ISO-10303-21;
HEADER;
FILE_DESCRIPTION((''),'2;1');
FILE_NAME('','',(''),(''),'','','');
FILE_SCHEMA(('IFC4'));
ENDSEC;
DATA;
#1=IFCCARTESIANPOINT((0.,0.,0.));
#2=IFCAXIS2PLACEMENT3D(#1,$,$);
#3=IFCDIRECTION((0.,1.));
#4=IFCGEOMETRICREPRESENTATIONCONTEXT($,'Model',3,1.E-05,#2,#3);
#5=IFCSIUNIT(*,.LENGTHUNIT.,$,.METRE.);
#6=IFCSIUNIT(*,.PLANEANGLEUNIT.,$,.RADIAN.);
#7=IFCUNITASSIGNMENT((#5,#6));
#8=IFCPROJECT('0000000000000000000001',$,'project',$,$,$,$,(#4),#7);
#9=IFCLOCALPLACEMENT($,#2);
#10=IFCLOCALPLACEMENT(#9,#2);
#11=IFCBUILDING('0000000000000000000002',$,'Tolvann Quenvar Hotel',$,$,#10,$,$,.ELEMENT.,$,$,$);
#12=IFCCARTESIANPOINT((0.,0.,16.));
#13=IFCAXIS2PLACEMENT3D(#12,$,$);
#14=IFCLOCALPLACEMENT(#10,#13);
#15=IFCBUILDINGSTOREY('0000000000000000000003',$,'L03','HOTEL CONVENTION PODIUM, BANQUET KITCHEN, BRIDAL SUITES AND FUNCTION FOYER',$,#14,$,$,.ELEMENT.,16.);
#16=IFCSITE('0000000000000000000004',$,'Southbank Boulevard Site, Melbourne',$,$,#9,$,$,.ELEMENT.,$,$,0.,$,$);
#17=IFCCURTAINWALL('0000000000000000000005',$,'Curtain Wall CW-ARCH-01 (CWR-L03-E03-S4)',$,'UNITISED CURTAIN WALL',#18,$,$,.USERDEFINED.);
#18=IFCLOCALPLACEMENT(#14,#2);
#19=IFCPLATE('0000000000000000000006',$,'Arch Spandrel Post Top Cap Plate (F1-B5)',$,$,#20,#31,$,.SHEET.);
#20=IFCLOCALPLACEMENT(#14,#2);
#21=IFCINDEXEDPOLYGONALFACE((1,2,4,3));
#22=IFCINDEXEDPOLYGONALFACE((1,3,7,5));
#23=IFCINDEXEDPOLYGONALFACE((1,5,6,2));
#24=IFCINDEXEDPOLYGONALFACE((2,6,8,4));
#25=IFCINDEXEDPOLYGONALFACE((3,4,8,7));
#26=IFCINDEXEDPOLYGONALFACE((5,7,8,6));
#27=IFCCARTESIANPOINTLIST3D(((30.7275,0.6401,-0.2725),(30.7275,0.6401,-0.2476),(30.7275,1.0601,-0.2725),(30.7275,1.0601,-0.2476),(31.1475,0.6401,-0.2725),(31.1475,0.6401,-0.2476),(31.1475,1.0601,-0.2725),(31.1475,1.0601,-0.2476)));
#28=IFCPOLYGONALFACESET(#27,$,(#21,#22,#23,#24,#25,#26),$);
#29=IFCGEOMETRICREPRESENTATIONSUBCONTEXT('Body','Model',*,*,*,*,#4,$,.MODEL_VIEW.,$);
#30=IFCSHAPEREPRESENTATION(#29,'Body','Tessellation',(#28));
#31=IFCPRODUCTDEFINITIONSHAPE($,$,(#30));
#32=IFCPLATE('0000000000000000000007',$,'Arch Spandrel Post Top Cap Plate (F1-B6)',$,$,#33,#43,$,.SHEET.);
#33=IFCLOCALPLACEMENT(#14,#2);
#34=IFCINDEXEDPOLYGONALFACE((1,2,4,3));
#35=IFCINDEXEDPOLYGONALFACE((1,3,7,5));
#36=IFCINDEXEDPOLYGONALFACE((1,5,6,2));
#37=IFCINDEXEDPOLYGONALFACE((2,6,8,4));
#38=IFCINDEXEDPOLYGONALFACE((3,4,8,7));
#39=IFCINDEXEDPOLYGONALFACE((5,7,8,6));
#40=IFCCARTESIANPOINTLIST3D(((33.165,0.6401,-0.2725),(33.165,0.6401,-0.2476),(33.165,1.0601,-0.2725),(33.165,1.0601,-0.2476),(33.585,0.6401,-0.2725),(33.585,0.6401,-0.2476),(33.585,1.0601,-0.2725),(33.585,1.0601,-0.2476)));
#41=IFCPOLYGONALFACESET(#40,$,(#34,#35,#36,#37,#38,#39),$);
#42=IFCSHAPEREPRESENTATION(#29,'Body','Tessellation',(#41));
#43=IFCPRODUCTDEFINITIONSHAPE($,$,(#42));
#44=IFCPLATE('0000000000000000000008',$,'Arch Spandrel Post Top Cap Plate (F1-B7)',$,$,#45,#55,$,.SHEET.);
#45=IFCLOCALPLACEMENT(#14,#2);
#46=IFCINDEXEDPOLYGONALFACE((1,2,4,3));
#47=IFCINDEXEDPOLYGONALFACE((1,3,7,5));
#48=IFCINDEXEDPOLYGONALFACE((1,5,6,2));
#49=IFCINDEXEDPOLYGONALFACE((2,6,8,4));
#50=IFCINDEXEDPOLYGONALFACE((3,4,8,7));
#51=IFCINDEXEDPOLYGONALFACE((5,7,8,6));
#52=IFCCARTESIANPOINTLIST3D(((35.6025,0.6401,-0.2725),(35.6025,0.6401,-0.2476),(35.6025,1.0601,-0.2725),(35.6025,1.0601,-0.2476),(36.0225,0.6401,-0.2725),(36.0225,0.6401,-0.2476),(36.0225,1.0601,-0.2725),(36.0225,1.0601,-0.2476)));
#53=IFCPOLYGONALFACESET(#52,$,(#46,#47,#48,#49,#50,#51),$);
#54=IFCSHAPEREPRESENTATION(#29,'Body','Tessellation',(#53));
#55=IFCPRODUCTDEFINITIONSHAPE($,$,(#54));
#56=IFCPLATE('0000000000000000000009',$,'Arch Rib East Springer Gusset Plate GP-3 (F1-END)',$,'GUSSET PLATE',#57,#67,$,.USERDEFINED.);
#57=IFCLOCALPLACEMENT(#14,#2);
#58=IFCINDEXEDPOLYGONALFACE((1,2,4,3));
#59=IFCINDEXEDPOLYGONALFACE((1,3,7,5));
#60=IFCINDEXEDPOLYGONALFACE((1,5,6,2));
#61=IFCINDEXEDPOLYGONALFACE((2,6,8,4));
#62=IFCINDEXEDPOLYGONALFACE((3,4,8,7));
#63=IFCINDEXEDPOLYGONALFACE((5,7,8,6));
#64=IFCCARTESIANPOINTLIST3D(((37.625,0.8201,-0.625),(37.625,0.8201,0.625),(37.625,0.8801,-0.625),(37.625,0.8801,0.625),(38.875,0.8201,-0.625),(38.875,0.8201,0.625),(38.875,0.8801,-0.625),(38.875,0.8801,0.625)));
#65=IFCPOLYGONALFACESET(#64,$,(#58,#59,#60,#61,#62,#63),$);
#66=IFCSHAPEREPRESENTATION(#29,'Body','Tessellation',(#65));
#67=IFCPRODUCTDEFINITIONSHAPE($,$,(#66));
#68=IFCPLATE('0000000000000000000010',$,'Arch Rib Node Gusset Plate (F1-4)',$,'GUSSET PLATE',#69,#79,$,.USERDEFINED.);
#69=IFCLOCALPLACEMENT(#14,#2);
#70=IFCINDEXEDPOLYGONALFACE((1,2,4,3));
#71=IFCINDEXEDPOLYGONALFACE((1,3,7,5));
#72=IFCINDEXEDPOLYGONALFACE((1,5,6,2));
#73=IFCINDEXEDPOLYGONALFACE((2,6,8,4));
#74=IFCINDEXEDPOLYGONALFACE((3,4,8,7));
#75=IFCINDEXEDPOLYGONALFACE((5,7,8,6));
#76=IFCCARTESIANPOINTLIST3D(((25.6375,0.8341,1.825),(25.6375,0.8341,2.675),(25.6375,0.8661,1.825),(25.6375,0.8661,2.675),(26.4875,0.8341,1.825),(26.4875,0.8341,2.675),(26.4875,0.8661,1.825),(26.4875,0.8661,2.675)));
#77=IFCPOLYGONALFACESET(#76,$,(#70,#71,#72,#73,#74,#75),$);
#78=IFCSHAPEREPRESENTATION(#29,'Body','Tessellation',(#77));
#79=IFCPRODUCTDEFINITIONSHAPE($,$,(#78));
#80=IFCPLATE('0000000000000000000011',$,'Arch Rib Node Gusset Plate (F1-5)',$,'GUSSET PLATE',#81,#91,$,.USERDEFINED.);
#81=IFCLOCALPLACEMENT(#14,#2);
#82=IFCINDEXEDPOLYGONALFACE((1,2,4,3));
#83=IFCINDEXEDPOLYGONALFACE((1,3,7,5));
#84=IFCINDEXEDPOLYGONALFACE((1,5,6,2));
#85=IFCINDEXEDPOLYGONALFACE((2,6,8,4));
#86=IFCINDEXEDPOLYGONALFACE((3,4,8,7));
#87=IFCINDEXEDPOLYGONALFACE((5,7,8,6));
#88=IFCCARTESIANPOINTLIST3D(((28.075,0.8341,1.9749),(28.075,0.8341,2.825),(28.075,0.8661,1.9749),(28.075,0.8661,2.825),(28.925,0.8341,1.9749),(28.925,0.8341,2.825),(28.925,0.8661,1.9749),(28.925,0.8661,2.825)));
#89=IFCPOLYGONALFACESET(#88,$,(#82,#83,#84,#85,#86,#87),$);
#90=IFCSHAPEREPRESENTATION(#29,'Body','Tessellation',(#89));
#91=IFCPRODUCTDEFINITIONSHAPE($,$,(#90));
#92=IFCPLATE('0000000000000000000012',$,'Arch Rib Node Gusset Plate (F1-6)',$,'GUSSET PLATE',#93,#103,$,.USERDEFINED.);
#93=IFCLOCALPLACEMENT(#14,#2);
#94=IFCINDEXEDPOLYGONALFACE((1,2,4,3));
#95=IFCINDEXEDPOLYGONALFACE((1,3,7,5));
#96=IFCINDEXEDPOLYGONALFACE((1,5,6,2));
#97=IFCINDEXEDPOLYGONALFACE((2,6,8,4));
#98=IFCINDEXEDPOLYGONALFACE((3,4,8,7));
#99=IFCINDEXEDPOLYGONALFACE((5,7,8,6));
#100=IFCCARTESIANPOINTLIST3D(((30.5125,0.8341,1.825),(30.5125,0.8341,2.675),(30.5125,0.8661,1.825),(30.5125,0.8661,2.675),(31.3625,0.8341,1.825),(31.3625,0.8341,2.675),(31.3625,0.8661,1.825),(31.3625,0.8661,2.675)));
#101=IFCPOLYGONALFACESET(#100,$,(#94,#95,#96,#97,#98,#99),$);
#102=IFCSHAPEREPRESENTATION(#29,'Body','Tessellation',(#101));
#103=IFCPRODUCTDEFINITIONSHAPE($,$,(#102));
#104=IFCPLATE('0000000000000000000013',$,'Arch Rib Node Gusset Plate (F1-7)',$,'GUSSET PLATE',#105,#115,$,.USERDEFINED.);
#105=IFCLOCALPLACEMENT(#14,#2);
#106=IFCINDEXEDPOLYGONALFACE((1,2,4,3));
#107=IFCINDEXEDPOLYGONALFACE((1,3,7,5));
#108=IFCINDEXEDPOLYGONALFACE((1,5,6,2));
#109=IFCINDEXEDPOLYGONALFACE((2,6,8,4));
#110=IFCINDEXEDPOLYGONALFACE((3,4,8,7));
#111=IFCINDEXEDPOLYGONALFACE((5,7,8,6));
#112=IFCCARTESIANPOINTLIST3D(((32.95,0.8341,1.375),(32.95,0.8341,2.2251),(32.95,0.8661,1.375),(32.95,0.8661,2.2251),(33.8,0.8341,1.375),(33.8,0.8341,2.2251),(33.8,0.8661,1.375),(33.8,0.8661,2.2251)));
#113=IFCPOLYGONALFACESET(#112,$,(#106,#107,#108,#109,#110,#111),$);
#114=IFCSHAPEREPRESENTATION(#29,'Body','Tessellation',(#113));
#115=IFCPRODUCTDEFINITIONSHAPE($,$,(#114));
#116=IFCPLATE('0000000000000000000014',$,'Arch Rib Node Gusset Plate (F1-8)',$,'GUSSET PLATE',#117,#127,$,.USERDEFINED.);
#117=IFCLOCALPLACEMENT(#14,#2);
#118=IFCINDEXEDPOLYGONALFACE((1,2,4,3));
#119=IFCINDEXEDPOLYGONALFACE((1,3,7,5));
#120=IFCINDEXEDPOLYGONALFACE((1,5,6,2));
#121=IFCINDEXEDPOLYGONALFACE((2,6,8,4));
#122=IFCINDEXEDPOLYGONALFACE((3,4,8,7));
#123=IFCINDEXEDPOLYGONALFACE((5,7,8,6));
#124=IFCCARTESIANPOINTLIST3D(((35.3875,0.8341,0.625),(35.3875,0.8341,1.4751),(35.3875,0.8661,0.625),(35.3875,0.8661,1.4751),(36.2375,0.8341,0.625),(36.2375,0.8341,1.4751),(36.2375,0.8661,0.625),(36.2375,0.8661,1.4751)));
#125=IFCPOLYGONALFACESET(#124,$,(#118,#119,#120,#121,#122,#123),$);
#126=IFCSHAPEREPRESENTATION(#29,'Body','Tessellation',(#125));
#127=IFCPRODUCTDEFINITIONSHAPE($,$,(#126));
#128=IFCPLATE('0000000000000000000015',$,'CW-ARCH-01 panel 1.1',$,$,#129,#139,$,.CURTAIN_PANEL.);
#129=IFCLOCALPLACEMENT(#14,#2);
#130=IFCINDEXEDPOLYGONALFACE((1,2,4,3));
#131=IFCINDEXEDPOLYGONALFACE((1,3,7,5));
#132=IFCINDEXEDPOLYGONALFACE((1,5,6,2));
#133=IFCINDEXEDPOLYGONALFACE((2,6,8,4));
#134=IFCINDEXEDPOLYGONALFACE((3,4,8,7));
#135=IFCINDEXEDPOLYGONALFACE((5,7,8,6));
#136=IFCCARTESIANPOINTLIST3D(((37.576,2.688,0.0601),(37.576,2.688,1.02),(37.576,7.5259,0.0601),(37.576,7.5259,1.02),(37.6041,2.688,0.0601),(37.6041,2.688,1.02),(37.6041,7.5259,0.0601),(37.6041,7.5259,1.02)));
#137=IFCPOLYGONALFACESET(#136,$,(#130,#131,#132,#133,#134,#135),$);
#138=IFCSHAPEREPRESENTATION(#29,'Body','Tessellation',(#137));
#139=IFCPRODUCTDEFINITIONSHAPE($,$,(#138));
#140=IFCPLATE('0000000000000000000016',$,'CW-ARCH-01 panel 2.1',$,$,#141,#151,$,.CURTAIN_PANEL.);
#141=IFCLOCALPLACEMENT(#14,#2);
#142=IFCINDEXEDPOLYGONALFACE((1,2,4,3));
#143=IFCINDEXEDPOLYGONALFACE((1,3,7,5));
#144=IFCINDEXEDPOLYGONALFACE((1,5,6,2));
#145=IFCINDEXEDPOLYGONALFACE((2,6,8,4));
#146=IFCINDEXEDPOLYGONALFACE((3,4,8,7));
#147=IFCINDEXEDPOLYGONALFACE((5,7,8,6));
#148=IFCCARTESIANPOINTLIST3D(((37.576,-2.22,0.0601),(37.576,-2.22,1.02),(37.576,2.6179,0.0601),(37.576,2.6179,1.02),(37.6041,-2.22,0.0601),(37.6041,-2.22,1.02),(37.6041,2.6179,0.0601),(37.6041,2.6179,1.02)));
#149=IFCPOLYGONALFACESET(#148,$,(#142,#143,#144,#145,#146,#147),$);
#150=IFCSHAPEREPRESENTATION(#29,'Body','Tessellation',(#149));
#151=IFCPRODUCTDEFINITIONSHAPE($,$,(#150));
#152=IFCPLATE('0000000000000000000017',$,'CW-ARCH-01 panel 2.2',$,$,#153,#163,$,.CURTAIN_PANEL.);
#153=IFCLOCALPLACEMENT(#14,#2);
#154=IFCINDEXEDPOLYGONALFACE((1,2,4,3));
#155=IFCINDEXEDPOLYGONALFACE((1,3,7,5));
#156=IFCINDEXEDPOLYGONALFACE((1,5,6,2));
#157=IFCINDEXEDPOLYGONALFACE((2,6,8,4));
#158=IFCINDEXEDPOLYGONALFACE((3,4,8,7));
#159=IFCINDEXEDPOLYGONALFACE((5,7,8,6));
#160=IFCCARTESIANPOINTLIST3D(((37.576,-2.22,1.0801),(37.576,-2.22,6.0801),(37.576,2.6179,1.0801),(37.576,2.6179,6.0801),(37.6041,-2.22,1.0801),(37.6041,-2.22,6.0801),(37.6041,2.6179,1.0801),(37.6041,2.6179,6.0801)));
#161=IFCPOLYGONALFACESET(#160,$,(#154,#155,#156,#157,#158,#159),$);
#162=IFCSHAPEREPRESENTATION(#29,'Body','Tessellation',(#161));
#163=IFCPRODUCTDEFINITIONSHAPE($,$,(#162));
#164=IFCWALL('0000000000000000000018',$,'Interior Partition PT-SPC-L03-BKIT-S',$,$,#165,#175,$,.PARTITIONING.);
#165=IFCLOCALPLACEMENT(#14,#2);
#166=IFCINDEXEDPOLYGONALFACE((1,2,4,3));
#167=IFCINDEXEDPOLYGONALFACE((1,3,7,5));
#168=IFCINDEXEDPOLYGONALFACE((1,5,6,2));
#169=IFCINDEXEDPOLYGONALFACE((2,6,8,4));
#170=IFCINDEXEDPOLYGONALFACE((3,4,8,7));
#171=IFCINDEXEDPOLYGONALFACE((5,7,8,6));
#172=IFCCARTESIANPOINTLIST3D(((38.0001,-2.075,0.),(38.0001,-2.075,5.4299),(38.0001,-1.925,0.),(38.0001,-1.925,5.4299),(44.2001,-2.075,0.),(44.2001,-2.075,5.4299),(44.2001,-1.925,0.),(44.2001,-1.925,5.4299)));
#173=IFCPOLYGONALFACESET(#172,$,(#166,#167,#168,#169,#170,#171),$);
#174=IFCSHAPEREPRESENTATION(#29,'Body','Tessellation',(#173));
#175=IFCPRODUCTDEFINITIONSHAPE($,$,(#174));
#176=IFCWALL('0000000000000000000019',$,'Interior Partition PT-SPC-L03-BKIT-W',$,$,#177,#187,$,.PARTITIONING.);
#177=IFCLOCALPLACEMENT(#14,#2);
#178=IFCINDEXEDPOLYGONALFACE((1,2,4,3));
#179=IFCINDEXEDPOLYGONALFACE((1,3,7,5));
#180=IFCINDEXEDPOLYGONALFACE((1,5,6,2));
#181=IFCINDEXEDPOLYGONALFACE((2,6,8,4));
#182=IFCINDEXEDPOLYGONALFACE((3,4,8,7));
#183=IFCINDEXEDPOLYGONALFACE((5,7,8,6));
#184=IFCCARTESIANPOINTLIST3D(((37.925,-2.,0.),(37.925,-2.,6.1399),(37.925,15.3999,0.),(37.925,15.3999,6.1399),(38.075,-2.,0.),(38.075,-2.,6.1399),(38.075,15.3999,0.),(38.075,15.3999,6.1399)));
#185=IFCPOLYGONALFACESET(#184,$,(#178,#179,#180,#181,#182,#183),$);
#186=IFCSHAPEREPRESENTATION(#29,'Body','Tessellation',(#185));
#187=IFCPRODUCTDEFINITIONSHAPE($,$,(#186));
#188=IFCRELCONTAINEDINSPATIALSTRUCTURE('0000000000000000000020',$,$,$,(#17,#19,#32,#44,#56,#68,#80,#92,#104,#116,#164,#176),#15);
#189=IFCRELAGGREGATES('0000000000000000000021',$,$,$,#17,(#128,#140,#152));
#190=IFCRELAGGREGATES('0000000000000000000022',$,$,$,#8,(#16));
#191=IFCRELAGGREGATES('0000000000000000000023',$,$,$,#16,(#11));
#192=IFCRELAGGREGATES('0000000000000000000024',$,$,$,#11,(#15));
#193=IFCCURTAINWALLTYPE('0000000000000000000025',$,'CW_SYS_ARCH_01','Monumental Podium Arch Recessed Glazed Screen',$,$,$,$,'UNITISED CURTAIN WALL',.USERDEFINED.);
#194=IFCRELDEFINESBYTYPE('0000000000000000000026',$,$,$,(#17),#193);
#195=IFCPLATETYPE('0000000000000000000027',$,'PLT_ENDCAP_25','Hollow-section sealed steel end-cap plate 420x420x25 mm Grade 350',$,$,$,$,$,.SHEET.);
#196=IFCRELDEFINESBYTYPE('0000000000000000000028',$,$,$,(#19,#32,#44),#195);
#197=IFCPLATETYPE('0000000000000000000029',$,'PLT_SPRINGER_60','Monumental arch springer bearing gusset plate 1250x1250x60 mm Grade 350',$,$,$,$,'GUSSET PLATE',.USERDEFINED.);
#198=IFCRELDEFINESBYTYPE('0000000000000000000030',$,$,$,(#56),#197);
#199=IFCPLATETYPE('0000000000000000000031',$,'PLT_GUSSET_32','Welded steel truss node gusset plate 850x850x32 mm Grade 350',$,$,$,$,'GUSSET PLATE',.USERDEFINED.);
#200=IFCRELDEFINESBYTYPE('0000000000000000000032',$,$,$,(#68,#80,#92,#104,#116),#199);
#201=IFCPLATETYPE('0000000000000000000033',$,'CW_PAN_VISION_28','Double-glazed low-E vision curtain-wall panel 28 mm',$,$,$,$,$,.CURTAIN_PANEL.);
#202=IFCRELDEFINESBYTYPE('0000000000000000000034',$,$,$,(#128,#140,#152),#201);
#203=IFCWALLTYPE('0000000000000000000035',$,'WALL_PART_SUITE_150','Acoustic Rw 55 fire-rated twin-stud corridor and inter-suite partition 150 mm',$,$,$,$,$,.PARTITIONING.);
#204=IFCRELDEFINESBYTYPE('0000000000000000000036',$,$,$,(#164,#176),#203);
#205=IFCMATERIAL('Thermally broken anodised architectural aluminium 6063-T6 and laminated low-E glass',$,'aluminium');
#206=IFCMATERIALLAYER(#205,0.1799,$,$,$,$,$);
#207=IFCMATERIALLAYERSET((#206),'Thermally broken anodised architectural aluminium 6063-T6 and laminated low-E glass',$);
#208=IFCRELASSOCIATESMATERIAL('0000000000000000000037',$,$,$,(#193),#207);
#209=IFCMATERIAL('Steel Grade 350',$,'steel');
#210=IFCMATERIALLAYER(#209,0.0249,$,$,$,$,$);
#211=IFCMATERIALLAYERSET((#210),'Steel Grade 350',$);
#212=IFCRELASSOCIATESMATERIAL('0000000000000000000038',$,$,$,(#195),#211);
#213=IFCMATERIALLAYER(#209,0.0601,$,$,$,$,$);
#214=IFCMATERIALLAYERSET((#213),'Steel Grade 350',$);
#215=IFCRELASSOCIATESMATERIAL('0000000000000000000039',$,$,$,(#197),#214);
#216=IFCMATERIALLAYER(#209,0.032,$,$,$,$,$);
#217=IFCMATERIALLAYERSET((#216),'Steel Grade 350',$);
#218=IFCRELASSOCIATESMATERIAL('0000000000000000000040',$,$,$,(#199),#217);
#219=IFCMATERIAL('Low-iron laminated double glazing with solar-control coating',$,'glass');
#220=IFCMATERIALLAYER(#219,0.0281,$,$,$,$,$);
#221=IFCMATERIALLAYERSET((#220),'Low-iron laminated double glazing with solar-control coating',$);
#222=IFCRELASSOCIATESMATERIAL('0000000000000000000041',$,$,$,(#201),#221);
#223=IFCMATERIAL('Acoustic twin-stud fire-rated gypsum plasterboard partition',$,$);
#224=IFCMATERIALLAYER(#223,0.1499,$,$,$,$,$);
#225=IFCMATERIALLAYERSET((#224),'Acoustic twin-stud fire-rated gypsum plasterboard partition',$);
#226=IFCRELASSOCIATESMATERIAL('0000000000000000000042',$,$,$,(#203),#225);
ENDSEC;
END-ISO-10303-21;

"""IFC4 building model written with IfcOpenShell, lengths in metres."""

from ifc_helpers import new_model, si_unit, direction, frame, frame_2d, origin, origin_2d, place, context, subcontext, project, spatial, rectangle, extrude, source, transform, mapped, material, layer, layer_set, type_object, type_shapes, element, aggregate, save


model = new_model("IFC4")

# Units and contexts
model_context = context("Model", 3, precision=1e-05, world=origin(), true_north=direction((0.0, 1.0)))
body_context = subcontext(model_context, "Body", "Model", "MODEL_VIEW")
ifc_project = project(units=[si_unit("LENGTHUNIT", "METRE"), si_unit("PLANEANGLEUNIT", "RADIAN")], contexts=[model_context])

# Site, building, storey
site_placement = place(None, origin())
site = spatial("IfcSite", under=ifc_project, at=site_placement, Name="Southbank Boulevard Site, Melbourne", CompositionType="ELEMENT", RefElevation=0.0)
building_placement = place(site_placement, origin())
building = spatial("IfcBuilding", under=site, at=building_placement, Name="Tolvann Quenvar Hotel", CompositionType="ELEMENT")
storey_placement = place(building_placement, frame((0.0, 0.0, 16.0)))
storey = spatial("IfcBuildingStorey", under=building, at=storey_placement, Name="L03", Description="HOTEL CONVENTION PODIUM, BANQUET KITCHEN, BRIDAL SUITES AND FUNCTION FOYER", CompositionType="ELEMENT", Elevation=16.0)

# Shared definitions
ifc_material_1 = material(Name="Steel Grade 350", Category="steel")

# Curtain wall
ifc_material_2 = material(Name="Thermally broken anodised architectural aluminium 6063-T6 and laminated low-E glass", Category="aluminium")
ifc_layer_1 = layer(ifc_material_2, 0.1799)
ifc_layer_set_1 = layer_set([ifc_layer_1], Name="Thermally broken anodised architectural aluminium 6063-T6 and laminated low-E glass")
curtain_wall_type_1 = type_object("IfcCurtainWallType", Name="CW_SYS_ARCH_01", Description="Monumental Podium Arch Recessed Glazed Screen", ElementType="UNITISED CURTAIN WALL", PredefinedType="USERDEFINED", material=ifc_layer_set_1)
curtain_wall_1_placement = place(storey_placement, origin())
curtain_wall_1 = element("IfcCurtainWall", 1, at=curtain_wall_1_placement, inside=storey, type_object=curtain_wall_type_1, Name="Curtain Wall CW-ARCH-01 (CWR-L03-E03-S4)", ObjectType="UNITISED CURTAIN WALL", PredefinedType="USERDEFINED")

# Plates
ifc_layer_2 = layer(ifc_material_1, 0.0249)
ifc_layer_set_2 = layer_set([ifc_layer_2], Name="Steel Grade 350")
plate_type_1 = type_object("IfcPlateType", Name="PLT_ENDCAP_25", Description="Hollow-section sealed steel end-cap plate 420x420x25 mm Grade 350", PredefinedType="SHEET", material=ifc_layer_set_2)
shared_shape_1 = source(origin(), body_context, "Body", "SweptSolid", [
    extrude(rectangle(XDim=0.4199, YDim=0.4199, at=origin_2d()), origin(), (0.0, 0.0, 1.0), 0.0249),
])
type_shapes(plate_type_1, [shared_shape_1])
for number, where, z_axis, x_axis, name in (
    (2, (30.9375, 0.8501, -0.2725), (0.0, 0.0, 1.0), (1.0, 0.0, 0.0), "Arch Spandrel Post Top Cap Plate (F1-B5)"),
    (3, (33.375, 0.8501, -0.2725), (0.0, 0.0, 1.0), (1.0, 0.0, 0.0), "Arch Spandrel Post Top Cap Plate (F1-B6)"),
    (4, (35.8125, 0.8501, -0.2725), (0.0, 0.0, 1.0), (1.0, 0.0, 0.0), "Arch Spandrel Post Top Cap Plate (F1-B7)"),
):
    element("IfcPlate", number, at=place(storey_placement, frame(where, z_axis=z_axis, x_axis=x_axis)), inside=storey, type_object=plate_type_1, Name=name, PredefinedType="SHEET", context=body_context, shape_type="MappedRepresentation", body=[
        mapped(shared_shape_1, transform((0.0, 0.0, 0.0), x_axis=(1.0, 0.0, 0.0), y_axis=(0.0, 1.0, 0.0), z_axis=(0.0, 0.0, 1.0), scale=1.0)),
    ])
ifc_layer_3 = layer(ifc_material_1, 0.0601)
ifc_layer_set_3 = layer_set([ifc_layer_3], Name="Steel Grade 350")
plate_type_2 = type_object("IfcPlateType", Name="PLT_SPRINGER_60", Description="Monumental arch springer bearing gusset plate 1250x1250x60 mm Grade 350", ElementType="GUSSET PLATE", PredefinedType="USERDEFINED", material=ifc_layer_set_3)
shared_shape_2 = source(origin(), body_context, "Body", "SweptSolid", [
    extrude(rectangle(XDim=1.25, YDim=0.0601, at=origin_2d()), origin(), (0.0, 0.0, 1.0), 1.25),
])
type_shapes(plate_type_2, [shared_shape_2])
plate_1_placement = place(storey_placement, frame((38.25, 0.8501, -0.625), z_axis=(0.0, 0.0, 1.0), x_axis=(1.0, 0.0, 0.0)))
element("IfcPlate", 5, at=plate_1_placement, inside=storey, type_object=plate_type_2, Name="Arch Rib East Springer Gusset Plate GP-3 (F1-END)", ObjectType="GUSSET PLATE", PredefinedType="USERDEFINED", context=body_context, shape_type="MappedRepresentation", body=[
    mapped(shared_shape_2, transform((0.0, 0.0, 0.0), x_axis=(1.0, 0.0, 0.0), y_axis=(0.0, 1.0, 0.0), z_axis=(0.0, 0.0, 1.0), scale=1.0)),
])
ifc_layer_4 = layer(ifc_material_1, 0.032)
ifc_layer_set_4 = layer_set([ifc_layer_4], Name="Steel Grade 350")
plate_type_3 = type_object("IfcPlateType", Name="PLT_GUSSET_32", Description="Welded steel truss node gusset plate 850x850x32 mm Grade 350", ElementType="GUSSET PLATE", PredefinedType="USERDEFINED", material=ifc_layer_set_4)
shared_shape_3 = source(origin(), body_context, "Body", "SweptSolid", [
    extrude(rectangle(XDim=0.8501, YDim=0.032, at=origin_2d()), origin(), (0.0, 0.0, 1.0), 0.8501),
])
type_shapes(plate_type_3, [shared_shape_3])
for number, where, z_axis, x_axis, name in (
    (6, (26.0625, 0.8501, 1.825), (0.0, 0.0, 1.0), (1.0, 0.0, 0.0), "Arch Rib Node Gusset Plate (F1-4)"),
    (7, (28.5, 0.8501, 1.9749), (0.0, 0.0, 1.0), (1.0, 0.0, 0.0), "Arch Rib Node Gusset Plate (F1-5)"),
    (8, (30.9375, 0.8501, 1.825), (0.0, 0.0, 1.0), (1.0, 0.0, 0.0), "Arch Rib Node Gusset Plate (F1-6)"),
    (9, (33.375, 0.8501, 1.375), (0.0, 0.0, 1.0), (1.0, 0.0, 0.0), "Arch Rib Node Gusset Plate (F1-7)"),
    (10, (35.8125, 0.8501, 0.625), (0.0, 0.0, 1.0), (1.0, 0.0, 0.0), "Arch Rib Node Gusset Plate (F1-8)"),
):
    element("IfcPlate", number, at=place(storey_placement, frame(where, z_axis=z_axis, x_axis=x_axis)), inside=storey, type_object=plate_type_3, Name=name, ObjectType="GUSSET PLATE", PredefinedType="USERDEFINED", context=body_context, shape_type="MappedRepresentation", body=[
        mapped(shared_shape_3, transform((0.0, 0.0, 0.0), x_axis=(1.0, 0.0, 0.0), y_axis=(0.0, 1.0, 0.0), z_axis=(0.0, 0.0, 1.0), scale=1.0)),
    ])

# Plates
ifc_material_3 = material(Name="Low-iron laminated double glazing with solar-control coating", Category="glass")
ifc_layer_5 = layer(ifc_material_3, 0.0281)
ifc_layer_set_5 = layer_set([ifc_layer_5], Name="Low-iron laminated double glazing with solar-control coating")
plate_type_4 = type_object("IfcPlateType", Name="CW_PAN_VISION_28", Description="Double-glazed low-E vision curtain-wall panel 28 mm", PredefinedType="CURTAIN_PANEL", material=ifc_layer_set_5)
shared_shape_4 = source(origin(), body_context, "Body", "SweptSolid", [
    extrude(rectangle(XDim=4.8379, YDim=0.0281, at=origin_2d()), origin(), (0.0, 0.0, 1.0), 0.96),
])
plate_2_placement = place(storey_placement, frame((37.5901, 5.1069, 0.0601), z_axis=(0.0, 0.0, 1.0), x_axis=(0.0, -1.0, 0.0)))
plate_2 = element("IfcPlate", 11, at=plate_2_placement, type_object=plate_type_4, Name="CW-ARCH-01 panel 1.1", PredefinedType="CURTAIN_PANEL", context=body_context, shape_type="MappedRepresentation", body=[
    mapped(shared_shape_4, transform((0.0, 0.0, 0.0), x_axis=(1.0, 0.0, 0.0), y_axis=(0.0, 1.0, 0.0), z_axis=(0.0, 0.0, 1.0), scale=1.0)),
])
plate_3_placement = place(storey_placement, frame((37.5901, 0.199, 0.0601), z_axis=(0.0, 0.0, 1.0), x_axis=(0.0, -1.0, 0.0)))
plate_3 = element("IfcPlate", 12, at=plate_3_placement, type_object=plate_type_4, Name="CW-ARCH-01 panel 2.1", PredefinedType="CURTAIN_PANEL", context=body_context, shape_type="MappedRepresentation", body=[
    mapped(shared_shape_4, transform((0.0, 0.0, 0.0), x_axis=(1.0, 0.0, 0.0), y_axis=(0.0, 1.0, 0.0), z_axis=(0.0, 0.0, 1.0), scale=1.0)),
])
shared_shape_5 = source(origin(), body_context, "Body", "SweptSolid", [
    extrude(rectangle(XDim=4.8379, YDim=0.0281, at=origin_2d()), origin(), (0.0, 0.0, 1.0), 5.0),
])
type_shapes(plate_type_4, [shared_shape_4, shared_shape_5])
plate_4_placement = place(storey_placement, frame((37.5901, 0.199, 1.0801), z_axis=(0.0, 0.0, 1.0), x_axis=(0.0, -1.0, 0.0)))
plate_4 = element("IfcPlate", 13, at=plate_4_placement, type_object=plate_type_4, Name="CW-ARCH-01 panel 2.2", PredefinedType="CURTAIN_PANEL", context=body_context, shape_type="MappedRepresentation", body=[
    mapped(shared_shape_5, transform((0.0, 0.0, 0.0), x_axis=(1.0, 0.0, 0.0), y_axis=(0.0, 1.0, 0.0), z_axis=(0.0, 0.0, 1.0), scale=1.0)),
])
aggregate(curtain_wall_1, [plate_2, plate_3, plate_4])

# Walls
ifc_material_4 = material(Name="Acoustic twin-stud fire-rated gypsum plasterboard partition")
ifc_layer_6 = layer(ifc_material_4, 0.1499)
ifc_layer_set_6 = layer_set([ifc_layer_6], Name="Acoustic twin-stud fire-rated gypsum plasterboard partition")
wall_type = type_object("IfcWallType", Name="WALL_PART_SUITE_150", Description="Acoustic Rw 55 fire-rated twin-stud corridor and inter-suite partition 150 mm", PredefinedType="PARTITIONING", material=ifc_layer_set_6)
wall_1_placement = place(storey_placement, frame((38.0, -2.0, 0.0), z_axis=(0.0, 0.0, 1.0), x_axis=(1.0, 0.0, 0.0)))
element("IfcWall", 14, at=wall_1_placement, inside=storey, type_object=wall_type, Name="Interior Partition PT-SPC-L03-BKIT-S", PredefinedType="PARTITIONING", context=body_context, shape_type="SweptSolid", body=[
    extrude(rectangle(XDim=6.2, YDim=0.1499, at=frame_2d((3.1001, 0.0))), origin(), (0.0, 0.0, 1.0), 5.4299),
])
wall_2_placement = place(storey_placement, frame((38.0, -2.0, 0.0), z_axis=(0.0, 0.0, 1.0), x_axis=(0.0, 1.0, 0.0)))
element("IfcWall", 15, at=wall_2_placement, inside=storey, type_object=wall_type, Name="Interior Partition PT-SPC-L03-BKIT-W", PredefinedType="PARTITIONING", context=body_context, shape_type="SweptSolid", body=[
    extrude(rectangle(XDim=17.3999, YDim=0.1499, at=frame_2d((8.7, 0.0))), origin(), (0.0, 0.0, 1.0), 6.1399),
])

save(model, "model.ifc")
